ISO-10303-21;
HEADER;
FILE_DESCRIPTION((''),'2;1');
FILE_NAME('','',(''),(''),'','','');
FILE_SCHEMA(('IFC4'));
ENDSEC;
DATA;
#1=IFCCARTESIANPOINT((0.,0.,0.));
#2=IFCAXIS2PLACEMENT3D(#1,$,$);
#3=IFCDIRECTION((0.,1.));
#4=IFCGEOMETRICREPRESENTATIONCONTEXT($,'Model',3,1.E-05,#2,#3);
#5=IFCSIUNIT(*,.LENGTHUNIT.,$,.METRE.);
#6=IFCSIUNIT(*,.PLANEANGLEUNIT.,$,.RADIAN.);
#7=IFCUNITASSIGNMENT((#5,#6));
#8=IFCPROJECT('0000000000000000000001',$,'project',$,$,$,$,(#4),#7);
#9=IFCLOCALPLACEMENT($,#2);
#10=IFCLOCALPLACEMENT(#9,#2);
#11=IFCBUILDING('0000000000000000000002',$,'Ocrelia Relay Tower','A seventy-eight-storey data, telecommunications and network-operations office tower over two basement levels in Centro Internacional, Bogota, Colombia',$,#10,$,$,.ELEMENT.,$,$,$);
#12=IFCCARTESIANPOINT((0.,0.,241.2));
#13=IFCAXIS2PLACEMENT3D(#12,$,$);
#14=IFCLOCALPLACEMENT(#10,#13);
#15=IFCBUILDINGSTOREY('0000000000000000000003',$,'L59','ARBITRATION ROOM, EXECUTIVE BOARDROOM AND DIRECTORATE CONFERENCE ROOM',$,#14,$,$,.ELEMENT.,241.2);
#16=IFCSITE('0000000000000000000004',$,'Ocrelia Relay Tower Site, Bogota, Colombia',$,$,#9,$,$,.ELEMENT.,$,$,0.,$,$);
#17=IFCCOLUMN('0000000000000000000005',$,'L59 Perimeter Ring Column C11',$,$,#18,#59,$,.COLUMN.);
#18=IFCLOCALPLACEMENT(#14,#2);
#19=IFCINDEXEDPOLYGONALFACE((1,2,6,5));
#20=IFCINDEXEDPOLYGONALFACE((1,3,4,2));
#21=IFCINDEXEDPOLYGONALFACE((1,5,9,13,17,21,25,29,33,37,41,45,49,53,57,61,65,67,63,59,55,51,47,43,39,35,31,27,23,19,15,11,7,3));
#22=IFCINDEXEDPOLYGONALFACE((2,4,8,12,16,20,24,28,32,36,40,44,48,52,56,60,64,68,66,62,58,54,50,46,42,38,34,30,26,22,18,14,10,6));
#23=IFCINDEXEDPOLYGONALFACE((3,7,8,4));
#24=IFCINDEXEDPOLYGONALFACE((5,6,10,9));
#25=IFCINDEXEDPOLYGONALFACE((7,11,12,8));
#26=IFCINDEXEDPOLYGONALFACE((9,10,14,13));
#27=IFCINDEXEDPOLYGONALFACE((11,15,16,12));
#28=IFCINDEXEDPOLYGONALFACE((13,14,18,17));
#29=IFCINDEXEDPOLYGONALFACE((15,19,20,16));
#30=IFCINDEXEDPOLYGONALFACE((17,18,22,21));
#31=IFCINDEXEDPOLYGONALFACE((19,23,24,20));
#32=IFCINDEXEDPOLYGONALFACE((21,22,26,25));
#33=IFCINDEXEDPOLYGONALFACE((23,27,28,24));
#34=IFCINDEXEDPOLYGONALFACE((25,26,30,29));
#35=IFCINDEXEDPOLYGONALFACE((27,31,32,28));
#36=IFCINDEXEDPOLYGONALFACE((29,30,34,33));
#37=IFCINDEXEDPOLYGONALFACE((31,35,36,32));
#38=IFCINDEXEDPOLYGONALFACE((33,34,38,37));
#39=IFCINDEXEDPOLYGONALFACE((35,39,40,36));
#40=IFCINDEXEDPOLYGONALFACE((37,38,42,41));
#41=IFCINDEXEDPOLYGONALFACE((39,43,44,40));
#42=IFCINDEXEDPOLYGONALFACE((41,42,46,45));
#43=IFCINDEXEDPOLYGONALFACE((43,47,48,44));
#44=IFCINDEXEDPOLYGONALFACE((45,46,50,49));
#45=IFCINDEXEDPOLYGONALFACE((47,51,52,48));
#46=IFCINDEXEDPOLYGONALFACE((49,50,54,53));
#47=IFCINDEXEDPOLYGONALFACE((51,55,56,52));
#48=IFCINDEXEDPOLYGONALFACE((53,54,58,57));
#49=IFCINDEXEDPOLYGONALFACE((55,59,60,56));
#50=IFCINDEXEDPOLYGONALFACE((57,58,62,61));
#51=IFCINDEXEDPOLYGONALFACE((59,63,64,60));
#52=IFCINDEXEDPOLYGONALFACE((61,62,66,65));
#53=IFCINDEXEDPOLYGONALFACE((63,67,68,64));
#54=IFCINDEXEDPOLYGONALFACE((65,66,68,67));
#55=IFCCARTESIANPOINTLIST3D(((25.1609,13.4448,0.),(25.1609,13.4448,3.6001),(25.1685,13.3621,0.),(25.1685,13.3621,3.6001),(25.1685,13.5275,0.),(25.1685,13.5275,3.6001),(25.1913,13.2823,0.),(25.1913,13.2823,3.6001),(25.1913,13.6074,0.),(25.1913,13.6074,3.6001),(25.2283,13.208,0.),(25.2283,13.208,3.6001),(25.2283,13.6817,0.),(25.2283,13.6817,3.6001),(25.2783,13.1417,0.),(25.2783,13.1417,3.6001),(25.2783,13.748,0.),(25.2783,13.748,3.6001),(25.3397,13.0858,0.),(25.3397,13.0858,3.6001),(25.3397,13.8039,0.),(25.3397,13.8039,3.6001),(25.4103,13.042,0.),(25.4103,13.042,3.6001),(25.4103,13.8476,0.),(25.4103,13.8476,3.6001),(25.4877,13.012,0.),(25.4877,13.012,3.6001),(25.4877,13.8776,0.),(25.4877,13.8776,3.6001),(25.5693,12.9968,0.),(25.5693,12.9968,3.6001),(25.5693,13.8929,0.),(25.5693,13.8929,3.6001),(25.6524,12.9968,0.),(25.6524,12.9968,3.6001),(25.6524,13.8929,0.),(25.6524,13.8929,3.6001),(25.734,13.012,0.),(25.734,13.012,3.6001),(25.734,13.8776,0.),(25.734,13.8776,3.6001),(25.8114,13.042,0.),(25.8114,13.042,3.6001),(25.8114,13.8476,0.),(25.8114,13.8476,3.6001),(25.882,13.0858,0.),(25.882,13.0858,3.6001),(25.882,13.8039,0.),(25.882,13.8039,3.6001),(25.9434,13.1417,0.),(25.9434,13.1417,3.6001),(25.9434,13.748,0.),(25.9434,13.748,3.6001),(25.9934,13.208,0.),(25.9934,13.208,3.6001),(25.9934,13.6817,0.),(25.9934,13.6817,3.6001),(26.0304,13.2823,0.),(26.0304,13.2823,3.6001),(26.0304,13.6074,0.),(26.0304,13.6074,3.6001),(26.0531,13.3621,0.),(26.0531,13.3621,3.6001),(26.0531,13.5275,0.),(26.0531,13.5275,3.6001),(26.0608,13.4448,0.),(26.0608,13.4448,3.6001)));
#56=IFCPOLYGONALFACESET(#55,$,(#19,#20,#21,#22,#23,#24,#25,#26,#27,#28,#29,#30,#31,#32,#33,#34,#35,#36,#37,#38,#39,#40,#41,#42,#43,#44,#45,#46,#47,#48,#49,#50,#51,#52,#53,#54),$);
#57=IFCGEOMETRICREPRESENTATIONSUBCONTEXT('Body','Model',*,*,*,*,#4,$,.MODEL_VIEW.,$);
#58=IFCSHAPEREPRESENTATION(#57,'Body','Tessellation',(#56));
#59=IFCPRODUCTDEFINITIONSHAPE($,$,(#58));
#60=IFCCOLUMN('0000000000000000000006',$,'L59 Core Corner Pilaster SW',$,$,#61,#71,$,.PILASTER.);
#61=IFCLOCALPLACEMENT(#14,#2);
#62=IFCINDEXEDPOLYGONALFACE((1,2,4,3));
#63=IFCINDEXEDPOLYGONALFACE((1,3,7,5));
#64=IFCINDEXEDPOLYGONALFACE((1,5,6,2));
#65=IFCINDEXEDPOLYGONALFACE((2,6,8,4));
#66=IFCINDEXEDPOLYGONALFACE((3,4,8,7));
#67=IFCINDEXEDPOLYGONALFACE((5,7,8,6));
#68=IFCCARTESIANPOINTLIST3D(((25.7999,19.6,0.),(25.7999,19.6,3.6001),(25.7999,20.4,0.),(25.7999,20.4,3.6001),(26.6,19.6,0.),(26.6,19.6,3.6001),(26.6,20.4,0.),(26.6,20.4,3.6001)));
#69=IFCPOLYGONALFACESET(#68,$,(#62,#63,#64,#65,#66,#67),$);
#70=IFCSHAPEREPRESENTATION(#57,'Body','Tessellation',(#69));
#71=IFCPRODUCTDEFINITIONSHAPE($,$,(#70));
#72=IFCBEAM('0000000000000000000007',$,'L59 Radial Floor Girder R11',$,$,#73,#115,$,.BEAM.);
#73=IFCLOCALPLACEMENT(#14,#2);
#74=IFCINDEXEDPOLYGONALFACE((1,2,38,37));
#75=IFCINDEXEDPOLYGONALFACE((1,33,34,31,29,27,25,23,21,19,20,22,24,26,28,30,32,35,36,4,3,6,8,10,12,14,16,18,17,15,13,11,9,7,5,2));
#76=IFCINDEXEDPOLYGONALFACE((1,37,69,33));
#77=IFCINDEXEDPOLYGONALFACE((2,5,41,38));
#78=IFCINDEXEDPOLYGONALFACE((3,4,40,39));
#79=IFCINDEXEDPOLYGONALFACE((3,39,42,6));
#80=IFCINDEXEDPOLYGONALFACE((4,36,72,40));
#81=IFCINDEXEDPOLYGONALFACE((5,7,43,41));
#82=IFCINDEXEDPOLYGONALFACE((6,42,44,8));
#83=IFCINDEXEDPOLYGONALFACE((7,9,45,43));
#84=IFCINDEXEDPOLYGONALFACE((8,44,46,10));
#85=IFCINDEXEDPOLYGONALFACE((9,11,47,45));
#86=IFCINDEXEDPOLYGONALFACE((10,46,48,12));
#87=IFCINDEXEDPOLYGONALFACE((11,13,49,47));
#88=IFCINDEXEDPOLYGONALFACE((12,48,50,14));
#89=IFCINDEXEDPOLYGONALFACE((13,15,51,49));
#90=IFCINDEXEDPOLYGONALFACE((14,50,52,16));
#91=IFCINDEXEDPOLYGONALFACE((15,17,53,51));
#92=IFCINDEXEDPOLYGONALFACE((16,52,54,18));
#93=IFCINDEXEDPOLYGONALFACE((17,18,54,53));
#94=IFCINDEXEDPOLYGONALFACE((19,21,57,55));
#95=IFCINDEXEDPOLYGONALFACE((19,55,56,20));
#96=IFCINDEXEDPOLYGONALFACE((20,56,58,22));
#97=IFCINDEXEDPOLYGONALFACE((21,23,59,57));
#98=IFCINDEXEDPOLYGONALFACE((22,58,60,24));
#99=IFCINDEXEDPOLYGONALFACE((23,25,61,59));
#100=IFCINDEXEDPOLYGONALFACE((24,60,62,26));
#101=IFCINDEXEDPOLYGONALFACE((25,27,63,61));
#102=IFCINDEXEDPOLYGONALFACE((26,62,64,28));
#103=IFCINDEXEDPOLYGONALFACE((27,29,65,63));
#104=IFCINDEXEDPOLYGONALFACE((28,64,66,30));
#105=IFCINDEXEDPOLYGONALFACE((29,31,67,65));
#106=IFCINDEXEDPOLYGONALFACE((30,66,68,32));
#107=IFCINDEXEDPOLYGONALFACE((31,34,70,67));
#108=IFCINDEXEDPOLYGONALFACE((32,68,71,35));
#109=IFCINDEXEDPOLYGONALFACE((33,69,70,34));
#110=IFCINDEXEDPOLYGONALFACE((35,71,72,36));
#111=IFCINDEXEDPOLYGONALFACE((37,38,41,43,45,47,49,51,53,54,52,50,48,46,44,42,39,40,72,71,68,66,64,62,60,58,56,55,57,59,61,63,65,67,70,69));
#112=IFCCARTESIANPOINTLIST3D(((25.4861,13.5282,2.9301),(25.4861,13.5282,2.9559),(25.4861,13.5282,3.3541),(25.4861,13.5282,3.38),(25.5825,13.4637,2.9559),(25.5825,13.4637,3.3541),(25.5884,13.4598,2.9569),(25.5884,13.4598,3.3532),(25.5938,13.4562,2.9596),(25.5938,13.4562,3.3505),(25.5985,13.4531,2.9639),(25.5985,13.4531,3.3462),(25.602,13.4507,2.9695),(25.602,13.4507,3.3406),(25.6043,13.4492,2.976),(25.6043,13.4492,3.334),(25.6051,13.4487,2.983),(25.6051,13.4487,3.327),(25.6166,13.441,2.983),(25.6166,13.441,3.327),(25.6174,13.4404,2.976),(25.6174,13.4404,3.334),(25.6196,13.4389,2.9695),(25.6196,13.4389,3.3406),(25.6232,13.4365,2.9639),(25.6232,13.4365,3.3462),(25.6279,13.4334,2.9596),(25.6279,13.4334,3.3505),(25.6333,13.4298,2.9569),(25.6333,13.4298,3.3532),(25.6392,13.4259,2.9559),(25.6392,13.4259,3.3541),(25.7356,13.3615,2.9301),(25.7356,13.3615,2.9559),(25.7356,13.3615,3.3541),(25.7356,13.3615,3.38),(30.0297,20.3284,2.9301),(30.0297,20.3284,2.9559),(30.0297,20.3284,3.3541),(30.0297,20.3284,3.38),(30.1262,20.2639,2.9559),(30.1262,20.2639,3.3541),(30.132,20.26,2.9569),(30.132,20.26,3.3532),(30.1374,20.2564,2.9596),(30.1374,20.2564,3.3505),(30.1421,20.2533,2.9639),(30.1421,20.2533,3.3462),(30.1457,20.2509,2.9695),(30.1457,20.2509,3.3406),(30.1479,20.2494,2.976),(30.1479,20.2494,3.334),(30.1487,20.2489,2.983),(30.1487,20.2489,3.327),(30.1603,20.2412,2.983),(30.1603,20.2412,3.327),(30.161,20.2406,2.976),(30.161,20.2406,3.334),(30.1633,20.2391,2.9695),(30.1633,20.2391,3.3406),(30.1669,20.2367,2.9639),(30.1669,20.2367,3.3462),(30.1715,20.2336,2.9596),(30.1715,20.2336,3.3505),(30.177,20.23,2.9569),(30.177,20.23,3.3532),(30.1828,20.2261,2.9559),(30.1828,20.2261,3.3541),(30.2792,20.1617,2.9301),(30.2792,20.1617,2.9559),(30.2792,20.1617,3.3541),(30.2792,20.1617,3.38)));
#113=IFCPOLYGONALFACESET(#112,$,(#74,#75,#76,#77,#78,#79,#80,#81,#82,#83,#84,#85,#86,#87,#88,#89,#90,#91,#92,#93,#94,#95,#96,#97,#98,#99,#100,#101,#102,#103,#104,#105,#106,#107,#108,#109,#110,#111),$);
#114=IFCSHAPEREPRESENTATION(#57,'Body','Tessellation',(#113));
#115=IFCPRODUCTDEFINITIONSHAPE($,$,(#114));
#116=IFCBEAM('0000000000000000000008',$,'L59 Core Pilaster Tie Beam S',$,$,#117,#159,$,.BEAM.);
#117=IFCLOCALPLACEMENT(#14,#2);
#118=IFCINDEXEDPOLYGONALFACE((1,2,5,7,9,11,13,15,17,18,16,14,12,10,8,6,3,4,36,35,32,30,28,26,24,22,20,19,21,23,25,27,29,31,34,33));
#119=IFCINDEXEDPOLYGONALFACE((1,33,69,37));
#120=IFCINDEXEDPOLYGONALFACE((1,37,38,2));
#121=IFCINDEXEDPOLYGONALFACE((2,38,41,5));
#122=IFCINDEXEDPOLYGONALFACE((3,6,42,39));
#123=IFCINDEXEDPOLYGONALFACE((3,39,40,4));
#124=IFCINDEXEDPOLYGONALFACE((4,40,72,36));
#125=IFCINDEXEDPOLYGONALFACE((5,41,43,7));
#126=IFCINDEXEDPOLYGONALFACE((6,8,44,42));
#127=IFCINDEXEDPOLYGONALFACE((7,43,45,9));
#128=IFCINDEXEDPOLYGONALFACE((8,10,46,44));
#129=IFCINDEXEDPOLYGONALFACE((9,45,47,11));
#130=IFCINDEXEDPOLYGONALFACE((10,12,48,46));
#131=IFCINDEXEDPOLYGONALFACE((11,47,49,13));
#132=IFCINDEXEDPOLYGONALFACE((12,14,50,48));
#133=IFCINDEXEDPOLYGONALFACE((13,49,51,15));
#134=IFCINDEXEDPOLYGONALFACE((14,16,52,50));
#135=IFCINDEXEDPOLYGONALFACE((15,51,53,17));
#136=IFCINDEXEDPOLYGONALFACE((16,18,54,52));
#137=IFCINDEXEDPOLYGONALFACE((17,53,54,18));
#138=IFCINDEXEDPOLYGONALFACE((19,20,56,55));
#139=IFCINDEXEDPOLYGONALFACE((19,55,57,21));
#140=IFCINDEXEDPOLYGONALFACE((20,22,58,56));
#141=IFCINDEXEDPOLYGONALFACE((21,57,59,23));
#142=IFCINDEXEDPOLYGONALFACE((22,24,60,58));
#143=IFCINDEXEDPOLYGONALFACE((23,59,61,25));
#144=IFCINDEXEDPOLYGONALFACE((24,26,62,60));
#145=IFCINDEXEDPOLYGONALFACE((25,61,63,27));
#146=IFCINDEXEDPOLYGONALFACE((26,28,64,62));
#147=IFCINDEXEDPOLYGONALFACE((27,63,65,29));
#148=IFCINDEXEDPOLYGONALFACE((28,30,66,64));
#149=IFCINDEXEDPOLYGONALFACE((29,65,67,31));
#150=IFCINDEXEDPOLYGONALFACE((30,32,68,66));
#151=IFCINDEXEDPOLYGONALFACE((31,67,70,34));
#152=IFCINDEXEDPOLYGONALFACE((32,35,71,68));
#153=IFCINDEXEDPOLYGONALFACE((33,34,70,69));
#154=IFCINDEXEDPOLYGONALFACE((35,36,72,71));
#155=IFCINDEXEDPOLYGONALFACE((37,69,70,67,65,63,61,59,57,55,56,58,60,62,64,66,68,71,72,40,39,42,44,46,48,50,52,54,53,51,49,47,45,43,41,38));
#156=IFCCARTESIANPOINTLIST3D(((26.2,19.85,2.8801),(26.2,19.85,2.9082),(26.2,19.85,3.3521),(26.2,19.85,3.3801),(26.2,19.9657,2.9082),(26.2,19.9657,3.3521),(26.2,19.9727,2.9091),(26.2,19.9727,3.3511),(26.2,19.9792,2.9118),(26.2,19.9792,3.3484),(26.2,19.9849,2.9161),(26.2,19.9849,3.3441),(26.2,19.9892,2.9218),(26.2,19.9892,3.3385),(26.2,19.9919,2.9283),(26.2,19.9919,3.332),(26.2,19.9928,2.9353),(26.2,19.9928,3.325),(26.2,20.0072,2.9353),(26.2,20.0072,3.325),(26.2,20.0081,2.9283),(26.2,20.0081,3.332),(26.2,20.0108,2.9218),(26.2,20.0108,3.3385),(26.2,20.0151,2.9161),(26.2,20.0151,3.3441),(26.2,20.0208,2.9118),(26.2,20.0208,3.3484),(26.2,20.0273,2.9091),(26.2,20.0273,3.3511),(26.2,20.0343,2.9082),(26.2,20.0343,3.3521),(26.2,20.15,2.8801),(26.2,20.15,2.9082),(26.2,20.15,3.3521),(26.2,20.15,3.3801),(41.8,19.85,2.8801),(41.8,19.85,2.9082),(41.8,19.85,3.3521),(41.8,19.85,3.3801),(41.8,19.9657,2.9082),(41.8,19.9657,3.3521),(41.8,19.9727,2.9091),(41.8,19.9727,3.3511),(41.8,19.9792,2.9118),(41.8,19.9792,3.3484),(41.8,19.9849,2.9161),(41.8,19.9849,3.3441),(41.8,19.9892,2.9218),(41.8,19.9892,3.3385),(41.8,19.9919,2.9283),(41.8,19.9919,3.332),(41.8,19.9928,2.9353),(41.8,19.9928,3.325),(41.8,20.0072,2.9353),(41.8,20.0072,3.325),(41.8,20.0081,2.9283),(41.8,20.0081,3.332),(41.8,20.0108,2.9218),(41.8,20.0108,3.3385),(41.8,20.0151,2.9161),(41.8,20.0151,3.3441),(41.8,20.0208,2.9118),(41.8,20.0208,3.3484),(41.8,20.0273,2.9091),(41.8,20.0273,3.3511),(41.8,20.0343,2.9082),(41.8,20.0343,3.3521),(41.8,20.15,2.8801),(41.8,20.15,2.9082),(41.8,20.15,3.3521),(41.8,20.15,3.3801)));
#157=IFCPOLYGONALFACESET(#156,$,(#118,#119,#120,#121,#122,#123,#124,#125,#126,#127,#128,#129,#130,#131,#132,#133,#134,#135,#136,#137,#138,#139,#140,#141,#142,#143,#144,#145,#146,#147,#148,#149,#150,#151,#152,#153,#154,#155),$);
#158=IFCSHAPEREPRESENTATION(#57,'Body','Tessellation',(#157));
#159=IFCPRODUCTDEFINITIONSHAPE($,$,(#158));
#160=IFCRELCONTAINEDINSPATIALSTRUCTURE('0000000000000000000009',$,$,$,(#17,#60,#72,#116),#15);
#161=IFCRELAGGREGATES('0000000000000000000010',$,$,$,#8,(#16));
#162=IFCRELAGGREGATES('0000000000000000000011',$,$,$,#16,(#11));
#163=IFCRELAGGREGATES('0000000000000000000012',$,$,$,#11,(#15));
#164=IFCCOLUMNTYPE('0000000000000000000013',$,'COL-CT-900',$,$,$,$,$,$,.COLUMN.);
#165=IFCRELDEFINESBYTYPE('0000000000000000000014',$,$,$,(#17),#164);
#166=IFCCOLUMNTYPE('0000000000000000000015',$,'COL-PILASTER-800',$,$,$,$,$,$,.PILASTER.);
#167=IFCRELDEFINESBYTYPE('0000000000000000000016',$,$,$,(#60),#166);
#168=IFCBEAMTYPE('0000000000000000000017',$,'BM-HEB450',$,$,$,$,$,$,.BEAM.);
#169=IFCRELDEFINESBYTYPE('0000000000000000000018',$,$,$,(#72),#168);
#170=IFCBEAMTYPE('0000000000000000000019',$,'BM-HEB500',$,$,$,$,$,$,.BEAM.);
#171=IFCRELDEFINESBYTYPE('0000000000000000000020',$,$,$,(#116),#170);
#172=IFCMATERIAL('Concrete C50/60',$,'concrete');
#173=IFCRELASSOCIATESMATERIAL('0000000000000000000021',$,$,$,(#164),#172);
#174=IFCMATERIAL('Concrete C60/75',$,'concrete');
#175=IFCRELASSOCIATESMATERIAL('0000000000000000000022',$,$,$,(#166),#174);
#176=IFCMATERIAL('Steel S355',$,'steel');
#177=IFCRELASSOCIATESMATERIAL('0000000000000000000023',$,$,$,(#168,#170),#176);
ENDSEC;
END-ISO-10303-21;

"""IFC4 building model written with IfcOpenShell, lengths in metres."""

from ifc_helpers import new_model, si_unit, direction, frame, origin, origin_2d, place, context, subcontext, project, spatial, rectangle, circle, i_section, extrude, material, material_profile, profile_set, type_object, element, save


model = new_model("IFC4")

# Units and contexts
model_context = context("Model", 3, precision=1e-05, world=origin(), true_north=direction((0.0, 1.0)))
body_context = subcontext(model_context, "Body", "Model", "MODEL_VIEW")
ifc_project = project(units=[si_unit("LENGTHUNIT", "METRE"), si_unit("PLANEANGLEUNIT", "RADIAN")], contexts=[model_context])

# Site, building, storey
site_placement = place(None, origin())
site = spatial("IfcSite", under=ifc_project, at=site_placement, Name="Ocrelia Relay Tower Site, Bogota, Colombia", CompositionType="ELEMENT", RefElevation=0.0)
building_placement = place(site_placement, origin())
building = spatial("IfcBuilding", under=site, at=building_placement, Name="Ocrelia Relay Tower", Description="A seventy-eight-storey data, telecommunications and network-operations office tower over two basement levels in Centro Internacional, Bogota, Colombia", CompositionType="ELEMENT")
storey_placement = place(building_placement, frame((0.0, 0.0, 241.2)))
storey = spatial("IfcBuildingStorey", under=building, at=storey_placement, Name="L59", Description="ARBITRATION ROOM, EXECUTIVE BOARDROOM AND DIRECTORATE CONFERENCE ROOM", CompositionType="ELEMENT", Elevation=241.2)

# Columns
ifc_material_1 = material(Name="Concrete C50/60", Category="concrete")
ifc_material_profile_1 = material_profile(ifc_material_1, circle(Radius=0.45, at=origin_2d()), Name="RC-CIR-900")
ifc_profile_set_1 = profile_set([ifc_material_profile_1], Name="Concrete C50/60")
column_type_1 = type_object("IfcColumnType", Name="COL-CT-900", PredefinedType="COLUMN", material=ifc_profile_set_1)
column_1_placement = place(storey_placement, frame((25.6108, 13.4448, 0.0), z_axis=(0.0, 0.0, 1.0), x_axis=(1.0, 0.0, 0.0)))
element("IfcColumn", 1, at=column_1_placement, inside=storey, type_object=column_type_1, Name="L59 Perimeter Ring Column C11", PredefinedType="COLUMN", context=body_context, shape_type="SweptSolid", body=[
    extrude(circle(Radius=0.45, at=origin_2d()), origin(), (0.0, 0.0, 1.0), 3.6001),
])
ifc_material_2 = material(Name="Concrete C60/75", Category="concrete")
ifc_material_profile_2 = material_profile(ifc_material_2, rectangle(XDim=0.8, YDim=0.8, at=origin_2d()), Name="RC-COL-800x800")
ifc_profile_set_2 = profile_set([ifc_material_profile_2], Name="Concrete C60/75")
column_type_2 = type_object("IfcColumnType", Name="COL-PILASTER-800", PredefinedType="PILASTER", material=ifc_profile_set_2)
column_2_placement = place(storey_placement, frame((26.2, 20.0, 0.0), z_axis=(0.0, 0.0, 1.0), x_axis=(1.0, 0.0, 0.0)))
element("IfcColumn", 2, at=column_2_placement, inside=storey, type_object=column_type_2, Name="L59 Core Corner Pilaster SW", PredefinedType="PILASTER", context=body_context, shape_type="SweptSolid", body=[
    extrude(rectangle(XDim=0.8, YDim=0.8, at=origin_2d()), origin(), (0.0, 0.0, 1.0), 3.6001),
])

# Beams
ifc_material_3 = material(Name="Steel S355", Category="steel")
ifc_material_profile_3 = material_profile(ifc_material_3, i_section(OverallWidth=0.3, OverallDepth=0.45, WebThickness=0.0139, FlangeThickness=0.0259, FilletRadius=0.0271, at=origin_2d()), Name="HEB 450")
ifc_profile_set_3 = profile_set([ifc_material_profile_3], Name="Steel S355")
beam_type_1 = type_object("IfcBeamType", Name="BM-HEB450", PredefinedType="BEAM", material=ifc_profile_set_3)
beam_1_placement = place(storey_placement, frame((25.6108, 13.4448, 3.155), z_axis=(0.555561, 0.831476, 0.0), x_axis=(-0.831476, 0.555561, 0.0)))
element("IfcBeam", 3, at=beam_1_placement, inside=storey, type_object=beam_type_1, Name="L59 Radial Floor Girder R11", PredefinedType="BEAM", context=body_context, shape_type="SweptSolid", body=[
    extrude(i_section(OverallWidth=0.3, OverallDepth=0.45, WebThickness=0.0139, FlangeThickness=0.0259, FilletRadius=0.0271, at=origin_2d()), origin(), (0.0, 0.0, 1.0), 8.1785),
])
ifc_material_profile_4 = material_profile(ifc_material_3, i_section(OverallWidth=0.3, OverallDepth=0.5, WebThickness=0.0144, FlangeThickness=0.0281, FilletRadius=0.0271, at=origin_2d()), Name="HEB 500")
ifc_profile_set_4 = profile_set([ifc_material_profile_4], Name="Steel S355")
beam_type_2 = type_object("IfcBeamType", Name="BM-HEB500", PredefinedType="BEAM", material=ifc_profile_set_4)
beam_2_placement = place(storey_placement, frame((26.2, 20.0, 3.1301), z_axis=(1.0, 0.0, 0.0), x_axis=(0.0, 1.0, 0.0)))
element("IfcBeam", 4, at=beam_2_placement, inside=storey, type_object=beam_type_2, Name="L59 Core Pilaster Tie Beam S", PredefinedType="BEAM", context=body_context, shape_type="SweptSolid", body=[
    extrude(i_section(OverallWidth=0.3, OverallDepth=0.5, WebThickness=0.0144, FlangeThickness=0.0281, FilletRadius=0.0271, at=origin_2d()), origin(), (0.0, 0.0, 1.0), 15.6001),
])

save(model, "model.ifc")
